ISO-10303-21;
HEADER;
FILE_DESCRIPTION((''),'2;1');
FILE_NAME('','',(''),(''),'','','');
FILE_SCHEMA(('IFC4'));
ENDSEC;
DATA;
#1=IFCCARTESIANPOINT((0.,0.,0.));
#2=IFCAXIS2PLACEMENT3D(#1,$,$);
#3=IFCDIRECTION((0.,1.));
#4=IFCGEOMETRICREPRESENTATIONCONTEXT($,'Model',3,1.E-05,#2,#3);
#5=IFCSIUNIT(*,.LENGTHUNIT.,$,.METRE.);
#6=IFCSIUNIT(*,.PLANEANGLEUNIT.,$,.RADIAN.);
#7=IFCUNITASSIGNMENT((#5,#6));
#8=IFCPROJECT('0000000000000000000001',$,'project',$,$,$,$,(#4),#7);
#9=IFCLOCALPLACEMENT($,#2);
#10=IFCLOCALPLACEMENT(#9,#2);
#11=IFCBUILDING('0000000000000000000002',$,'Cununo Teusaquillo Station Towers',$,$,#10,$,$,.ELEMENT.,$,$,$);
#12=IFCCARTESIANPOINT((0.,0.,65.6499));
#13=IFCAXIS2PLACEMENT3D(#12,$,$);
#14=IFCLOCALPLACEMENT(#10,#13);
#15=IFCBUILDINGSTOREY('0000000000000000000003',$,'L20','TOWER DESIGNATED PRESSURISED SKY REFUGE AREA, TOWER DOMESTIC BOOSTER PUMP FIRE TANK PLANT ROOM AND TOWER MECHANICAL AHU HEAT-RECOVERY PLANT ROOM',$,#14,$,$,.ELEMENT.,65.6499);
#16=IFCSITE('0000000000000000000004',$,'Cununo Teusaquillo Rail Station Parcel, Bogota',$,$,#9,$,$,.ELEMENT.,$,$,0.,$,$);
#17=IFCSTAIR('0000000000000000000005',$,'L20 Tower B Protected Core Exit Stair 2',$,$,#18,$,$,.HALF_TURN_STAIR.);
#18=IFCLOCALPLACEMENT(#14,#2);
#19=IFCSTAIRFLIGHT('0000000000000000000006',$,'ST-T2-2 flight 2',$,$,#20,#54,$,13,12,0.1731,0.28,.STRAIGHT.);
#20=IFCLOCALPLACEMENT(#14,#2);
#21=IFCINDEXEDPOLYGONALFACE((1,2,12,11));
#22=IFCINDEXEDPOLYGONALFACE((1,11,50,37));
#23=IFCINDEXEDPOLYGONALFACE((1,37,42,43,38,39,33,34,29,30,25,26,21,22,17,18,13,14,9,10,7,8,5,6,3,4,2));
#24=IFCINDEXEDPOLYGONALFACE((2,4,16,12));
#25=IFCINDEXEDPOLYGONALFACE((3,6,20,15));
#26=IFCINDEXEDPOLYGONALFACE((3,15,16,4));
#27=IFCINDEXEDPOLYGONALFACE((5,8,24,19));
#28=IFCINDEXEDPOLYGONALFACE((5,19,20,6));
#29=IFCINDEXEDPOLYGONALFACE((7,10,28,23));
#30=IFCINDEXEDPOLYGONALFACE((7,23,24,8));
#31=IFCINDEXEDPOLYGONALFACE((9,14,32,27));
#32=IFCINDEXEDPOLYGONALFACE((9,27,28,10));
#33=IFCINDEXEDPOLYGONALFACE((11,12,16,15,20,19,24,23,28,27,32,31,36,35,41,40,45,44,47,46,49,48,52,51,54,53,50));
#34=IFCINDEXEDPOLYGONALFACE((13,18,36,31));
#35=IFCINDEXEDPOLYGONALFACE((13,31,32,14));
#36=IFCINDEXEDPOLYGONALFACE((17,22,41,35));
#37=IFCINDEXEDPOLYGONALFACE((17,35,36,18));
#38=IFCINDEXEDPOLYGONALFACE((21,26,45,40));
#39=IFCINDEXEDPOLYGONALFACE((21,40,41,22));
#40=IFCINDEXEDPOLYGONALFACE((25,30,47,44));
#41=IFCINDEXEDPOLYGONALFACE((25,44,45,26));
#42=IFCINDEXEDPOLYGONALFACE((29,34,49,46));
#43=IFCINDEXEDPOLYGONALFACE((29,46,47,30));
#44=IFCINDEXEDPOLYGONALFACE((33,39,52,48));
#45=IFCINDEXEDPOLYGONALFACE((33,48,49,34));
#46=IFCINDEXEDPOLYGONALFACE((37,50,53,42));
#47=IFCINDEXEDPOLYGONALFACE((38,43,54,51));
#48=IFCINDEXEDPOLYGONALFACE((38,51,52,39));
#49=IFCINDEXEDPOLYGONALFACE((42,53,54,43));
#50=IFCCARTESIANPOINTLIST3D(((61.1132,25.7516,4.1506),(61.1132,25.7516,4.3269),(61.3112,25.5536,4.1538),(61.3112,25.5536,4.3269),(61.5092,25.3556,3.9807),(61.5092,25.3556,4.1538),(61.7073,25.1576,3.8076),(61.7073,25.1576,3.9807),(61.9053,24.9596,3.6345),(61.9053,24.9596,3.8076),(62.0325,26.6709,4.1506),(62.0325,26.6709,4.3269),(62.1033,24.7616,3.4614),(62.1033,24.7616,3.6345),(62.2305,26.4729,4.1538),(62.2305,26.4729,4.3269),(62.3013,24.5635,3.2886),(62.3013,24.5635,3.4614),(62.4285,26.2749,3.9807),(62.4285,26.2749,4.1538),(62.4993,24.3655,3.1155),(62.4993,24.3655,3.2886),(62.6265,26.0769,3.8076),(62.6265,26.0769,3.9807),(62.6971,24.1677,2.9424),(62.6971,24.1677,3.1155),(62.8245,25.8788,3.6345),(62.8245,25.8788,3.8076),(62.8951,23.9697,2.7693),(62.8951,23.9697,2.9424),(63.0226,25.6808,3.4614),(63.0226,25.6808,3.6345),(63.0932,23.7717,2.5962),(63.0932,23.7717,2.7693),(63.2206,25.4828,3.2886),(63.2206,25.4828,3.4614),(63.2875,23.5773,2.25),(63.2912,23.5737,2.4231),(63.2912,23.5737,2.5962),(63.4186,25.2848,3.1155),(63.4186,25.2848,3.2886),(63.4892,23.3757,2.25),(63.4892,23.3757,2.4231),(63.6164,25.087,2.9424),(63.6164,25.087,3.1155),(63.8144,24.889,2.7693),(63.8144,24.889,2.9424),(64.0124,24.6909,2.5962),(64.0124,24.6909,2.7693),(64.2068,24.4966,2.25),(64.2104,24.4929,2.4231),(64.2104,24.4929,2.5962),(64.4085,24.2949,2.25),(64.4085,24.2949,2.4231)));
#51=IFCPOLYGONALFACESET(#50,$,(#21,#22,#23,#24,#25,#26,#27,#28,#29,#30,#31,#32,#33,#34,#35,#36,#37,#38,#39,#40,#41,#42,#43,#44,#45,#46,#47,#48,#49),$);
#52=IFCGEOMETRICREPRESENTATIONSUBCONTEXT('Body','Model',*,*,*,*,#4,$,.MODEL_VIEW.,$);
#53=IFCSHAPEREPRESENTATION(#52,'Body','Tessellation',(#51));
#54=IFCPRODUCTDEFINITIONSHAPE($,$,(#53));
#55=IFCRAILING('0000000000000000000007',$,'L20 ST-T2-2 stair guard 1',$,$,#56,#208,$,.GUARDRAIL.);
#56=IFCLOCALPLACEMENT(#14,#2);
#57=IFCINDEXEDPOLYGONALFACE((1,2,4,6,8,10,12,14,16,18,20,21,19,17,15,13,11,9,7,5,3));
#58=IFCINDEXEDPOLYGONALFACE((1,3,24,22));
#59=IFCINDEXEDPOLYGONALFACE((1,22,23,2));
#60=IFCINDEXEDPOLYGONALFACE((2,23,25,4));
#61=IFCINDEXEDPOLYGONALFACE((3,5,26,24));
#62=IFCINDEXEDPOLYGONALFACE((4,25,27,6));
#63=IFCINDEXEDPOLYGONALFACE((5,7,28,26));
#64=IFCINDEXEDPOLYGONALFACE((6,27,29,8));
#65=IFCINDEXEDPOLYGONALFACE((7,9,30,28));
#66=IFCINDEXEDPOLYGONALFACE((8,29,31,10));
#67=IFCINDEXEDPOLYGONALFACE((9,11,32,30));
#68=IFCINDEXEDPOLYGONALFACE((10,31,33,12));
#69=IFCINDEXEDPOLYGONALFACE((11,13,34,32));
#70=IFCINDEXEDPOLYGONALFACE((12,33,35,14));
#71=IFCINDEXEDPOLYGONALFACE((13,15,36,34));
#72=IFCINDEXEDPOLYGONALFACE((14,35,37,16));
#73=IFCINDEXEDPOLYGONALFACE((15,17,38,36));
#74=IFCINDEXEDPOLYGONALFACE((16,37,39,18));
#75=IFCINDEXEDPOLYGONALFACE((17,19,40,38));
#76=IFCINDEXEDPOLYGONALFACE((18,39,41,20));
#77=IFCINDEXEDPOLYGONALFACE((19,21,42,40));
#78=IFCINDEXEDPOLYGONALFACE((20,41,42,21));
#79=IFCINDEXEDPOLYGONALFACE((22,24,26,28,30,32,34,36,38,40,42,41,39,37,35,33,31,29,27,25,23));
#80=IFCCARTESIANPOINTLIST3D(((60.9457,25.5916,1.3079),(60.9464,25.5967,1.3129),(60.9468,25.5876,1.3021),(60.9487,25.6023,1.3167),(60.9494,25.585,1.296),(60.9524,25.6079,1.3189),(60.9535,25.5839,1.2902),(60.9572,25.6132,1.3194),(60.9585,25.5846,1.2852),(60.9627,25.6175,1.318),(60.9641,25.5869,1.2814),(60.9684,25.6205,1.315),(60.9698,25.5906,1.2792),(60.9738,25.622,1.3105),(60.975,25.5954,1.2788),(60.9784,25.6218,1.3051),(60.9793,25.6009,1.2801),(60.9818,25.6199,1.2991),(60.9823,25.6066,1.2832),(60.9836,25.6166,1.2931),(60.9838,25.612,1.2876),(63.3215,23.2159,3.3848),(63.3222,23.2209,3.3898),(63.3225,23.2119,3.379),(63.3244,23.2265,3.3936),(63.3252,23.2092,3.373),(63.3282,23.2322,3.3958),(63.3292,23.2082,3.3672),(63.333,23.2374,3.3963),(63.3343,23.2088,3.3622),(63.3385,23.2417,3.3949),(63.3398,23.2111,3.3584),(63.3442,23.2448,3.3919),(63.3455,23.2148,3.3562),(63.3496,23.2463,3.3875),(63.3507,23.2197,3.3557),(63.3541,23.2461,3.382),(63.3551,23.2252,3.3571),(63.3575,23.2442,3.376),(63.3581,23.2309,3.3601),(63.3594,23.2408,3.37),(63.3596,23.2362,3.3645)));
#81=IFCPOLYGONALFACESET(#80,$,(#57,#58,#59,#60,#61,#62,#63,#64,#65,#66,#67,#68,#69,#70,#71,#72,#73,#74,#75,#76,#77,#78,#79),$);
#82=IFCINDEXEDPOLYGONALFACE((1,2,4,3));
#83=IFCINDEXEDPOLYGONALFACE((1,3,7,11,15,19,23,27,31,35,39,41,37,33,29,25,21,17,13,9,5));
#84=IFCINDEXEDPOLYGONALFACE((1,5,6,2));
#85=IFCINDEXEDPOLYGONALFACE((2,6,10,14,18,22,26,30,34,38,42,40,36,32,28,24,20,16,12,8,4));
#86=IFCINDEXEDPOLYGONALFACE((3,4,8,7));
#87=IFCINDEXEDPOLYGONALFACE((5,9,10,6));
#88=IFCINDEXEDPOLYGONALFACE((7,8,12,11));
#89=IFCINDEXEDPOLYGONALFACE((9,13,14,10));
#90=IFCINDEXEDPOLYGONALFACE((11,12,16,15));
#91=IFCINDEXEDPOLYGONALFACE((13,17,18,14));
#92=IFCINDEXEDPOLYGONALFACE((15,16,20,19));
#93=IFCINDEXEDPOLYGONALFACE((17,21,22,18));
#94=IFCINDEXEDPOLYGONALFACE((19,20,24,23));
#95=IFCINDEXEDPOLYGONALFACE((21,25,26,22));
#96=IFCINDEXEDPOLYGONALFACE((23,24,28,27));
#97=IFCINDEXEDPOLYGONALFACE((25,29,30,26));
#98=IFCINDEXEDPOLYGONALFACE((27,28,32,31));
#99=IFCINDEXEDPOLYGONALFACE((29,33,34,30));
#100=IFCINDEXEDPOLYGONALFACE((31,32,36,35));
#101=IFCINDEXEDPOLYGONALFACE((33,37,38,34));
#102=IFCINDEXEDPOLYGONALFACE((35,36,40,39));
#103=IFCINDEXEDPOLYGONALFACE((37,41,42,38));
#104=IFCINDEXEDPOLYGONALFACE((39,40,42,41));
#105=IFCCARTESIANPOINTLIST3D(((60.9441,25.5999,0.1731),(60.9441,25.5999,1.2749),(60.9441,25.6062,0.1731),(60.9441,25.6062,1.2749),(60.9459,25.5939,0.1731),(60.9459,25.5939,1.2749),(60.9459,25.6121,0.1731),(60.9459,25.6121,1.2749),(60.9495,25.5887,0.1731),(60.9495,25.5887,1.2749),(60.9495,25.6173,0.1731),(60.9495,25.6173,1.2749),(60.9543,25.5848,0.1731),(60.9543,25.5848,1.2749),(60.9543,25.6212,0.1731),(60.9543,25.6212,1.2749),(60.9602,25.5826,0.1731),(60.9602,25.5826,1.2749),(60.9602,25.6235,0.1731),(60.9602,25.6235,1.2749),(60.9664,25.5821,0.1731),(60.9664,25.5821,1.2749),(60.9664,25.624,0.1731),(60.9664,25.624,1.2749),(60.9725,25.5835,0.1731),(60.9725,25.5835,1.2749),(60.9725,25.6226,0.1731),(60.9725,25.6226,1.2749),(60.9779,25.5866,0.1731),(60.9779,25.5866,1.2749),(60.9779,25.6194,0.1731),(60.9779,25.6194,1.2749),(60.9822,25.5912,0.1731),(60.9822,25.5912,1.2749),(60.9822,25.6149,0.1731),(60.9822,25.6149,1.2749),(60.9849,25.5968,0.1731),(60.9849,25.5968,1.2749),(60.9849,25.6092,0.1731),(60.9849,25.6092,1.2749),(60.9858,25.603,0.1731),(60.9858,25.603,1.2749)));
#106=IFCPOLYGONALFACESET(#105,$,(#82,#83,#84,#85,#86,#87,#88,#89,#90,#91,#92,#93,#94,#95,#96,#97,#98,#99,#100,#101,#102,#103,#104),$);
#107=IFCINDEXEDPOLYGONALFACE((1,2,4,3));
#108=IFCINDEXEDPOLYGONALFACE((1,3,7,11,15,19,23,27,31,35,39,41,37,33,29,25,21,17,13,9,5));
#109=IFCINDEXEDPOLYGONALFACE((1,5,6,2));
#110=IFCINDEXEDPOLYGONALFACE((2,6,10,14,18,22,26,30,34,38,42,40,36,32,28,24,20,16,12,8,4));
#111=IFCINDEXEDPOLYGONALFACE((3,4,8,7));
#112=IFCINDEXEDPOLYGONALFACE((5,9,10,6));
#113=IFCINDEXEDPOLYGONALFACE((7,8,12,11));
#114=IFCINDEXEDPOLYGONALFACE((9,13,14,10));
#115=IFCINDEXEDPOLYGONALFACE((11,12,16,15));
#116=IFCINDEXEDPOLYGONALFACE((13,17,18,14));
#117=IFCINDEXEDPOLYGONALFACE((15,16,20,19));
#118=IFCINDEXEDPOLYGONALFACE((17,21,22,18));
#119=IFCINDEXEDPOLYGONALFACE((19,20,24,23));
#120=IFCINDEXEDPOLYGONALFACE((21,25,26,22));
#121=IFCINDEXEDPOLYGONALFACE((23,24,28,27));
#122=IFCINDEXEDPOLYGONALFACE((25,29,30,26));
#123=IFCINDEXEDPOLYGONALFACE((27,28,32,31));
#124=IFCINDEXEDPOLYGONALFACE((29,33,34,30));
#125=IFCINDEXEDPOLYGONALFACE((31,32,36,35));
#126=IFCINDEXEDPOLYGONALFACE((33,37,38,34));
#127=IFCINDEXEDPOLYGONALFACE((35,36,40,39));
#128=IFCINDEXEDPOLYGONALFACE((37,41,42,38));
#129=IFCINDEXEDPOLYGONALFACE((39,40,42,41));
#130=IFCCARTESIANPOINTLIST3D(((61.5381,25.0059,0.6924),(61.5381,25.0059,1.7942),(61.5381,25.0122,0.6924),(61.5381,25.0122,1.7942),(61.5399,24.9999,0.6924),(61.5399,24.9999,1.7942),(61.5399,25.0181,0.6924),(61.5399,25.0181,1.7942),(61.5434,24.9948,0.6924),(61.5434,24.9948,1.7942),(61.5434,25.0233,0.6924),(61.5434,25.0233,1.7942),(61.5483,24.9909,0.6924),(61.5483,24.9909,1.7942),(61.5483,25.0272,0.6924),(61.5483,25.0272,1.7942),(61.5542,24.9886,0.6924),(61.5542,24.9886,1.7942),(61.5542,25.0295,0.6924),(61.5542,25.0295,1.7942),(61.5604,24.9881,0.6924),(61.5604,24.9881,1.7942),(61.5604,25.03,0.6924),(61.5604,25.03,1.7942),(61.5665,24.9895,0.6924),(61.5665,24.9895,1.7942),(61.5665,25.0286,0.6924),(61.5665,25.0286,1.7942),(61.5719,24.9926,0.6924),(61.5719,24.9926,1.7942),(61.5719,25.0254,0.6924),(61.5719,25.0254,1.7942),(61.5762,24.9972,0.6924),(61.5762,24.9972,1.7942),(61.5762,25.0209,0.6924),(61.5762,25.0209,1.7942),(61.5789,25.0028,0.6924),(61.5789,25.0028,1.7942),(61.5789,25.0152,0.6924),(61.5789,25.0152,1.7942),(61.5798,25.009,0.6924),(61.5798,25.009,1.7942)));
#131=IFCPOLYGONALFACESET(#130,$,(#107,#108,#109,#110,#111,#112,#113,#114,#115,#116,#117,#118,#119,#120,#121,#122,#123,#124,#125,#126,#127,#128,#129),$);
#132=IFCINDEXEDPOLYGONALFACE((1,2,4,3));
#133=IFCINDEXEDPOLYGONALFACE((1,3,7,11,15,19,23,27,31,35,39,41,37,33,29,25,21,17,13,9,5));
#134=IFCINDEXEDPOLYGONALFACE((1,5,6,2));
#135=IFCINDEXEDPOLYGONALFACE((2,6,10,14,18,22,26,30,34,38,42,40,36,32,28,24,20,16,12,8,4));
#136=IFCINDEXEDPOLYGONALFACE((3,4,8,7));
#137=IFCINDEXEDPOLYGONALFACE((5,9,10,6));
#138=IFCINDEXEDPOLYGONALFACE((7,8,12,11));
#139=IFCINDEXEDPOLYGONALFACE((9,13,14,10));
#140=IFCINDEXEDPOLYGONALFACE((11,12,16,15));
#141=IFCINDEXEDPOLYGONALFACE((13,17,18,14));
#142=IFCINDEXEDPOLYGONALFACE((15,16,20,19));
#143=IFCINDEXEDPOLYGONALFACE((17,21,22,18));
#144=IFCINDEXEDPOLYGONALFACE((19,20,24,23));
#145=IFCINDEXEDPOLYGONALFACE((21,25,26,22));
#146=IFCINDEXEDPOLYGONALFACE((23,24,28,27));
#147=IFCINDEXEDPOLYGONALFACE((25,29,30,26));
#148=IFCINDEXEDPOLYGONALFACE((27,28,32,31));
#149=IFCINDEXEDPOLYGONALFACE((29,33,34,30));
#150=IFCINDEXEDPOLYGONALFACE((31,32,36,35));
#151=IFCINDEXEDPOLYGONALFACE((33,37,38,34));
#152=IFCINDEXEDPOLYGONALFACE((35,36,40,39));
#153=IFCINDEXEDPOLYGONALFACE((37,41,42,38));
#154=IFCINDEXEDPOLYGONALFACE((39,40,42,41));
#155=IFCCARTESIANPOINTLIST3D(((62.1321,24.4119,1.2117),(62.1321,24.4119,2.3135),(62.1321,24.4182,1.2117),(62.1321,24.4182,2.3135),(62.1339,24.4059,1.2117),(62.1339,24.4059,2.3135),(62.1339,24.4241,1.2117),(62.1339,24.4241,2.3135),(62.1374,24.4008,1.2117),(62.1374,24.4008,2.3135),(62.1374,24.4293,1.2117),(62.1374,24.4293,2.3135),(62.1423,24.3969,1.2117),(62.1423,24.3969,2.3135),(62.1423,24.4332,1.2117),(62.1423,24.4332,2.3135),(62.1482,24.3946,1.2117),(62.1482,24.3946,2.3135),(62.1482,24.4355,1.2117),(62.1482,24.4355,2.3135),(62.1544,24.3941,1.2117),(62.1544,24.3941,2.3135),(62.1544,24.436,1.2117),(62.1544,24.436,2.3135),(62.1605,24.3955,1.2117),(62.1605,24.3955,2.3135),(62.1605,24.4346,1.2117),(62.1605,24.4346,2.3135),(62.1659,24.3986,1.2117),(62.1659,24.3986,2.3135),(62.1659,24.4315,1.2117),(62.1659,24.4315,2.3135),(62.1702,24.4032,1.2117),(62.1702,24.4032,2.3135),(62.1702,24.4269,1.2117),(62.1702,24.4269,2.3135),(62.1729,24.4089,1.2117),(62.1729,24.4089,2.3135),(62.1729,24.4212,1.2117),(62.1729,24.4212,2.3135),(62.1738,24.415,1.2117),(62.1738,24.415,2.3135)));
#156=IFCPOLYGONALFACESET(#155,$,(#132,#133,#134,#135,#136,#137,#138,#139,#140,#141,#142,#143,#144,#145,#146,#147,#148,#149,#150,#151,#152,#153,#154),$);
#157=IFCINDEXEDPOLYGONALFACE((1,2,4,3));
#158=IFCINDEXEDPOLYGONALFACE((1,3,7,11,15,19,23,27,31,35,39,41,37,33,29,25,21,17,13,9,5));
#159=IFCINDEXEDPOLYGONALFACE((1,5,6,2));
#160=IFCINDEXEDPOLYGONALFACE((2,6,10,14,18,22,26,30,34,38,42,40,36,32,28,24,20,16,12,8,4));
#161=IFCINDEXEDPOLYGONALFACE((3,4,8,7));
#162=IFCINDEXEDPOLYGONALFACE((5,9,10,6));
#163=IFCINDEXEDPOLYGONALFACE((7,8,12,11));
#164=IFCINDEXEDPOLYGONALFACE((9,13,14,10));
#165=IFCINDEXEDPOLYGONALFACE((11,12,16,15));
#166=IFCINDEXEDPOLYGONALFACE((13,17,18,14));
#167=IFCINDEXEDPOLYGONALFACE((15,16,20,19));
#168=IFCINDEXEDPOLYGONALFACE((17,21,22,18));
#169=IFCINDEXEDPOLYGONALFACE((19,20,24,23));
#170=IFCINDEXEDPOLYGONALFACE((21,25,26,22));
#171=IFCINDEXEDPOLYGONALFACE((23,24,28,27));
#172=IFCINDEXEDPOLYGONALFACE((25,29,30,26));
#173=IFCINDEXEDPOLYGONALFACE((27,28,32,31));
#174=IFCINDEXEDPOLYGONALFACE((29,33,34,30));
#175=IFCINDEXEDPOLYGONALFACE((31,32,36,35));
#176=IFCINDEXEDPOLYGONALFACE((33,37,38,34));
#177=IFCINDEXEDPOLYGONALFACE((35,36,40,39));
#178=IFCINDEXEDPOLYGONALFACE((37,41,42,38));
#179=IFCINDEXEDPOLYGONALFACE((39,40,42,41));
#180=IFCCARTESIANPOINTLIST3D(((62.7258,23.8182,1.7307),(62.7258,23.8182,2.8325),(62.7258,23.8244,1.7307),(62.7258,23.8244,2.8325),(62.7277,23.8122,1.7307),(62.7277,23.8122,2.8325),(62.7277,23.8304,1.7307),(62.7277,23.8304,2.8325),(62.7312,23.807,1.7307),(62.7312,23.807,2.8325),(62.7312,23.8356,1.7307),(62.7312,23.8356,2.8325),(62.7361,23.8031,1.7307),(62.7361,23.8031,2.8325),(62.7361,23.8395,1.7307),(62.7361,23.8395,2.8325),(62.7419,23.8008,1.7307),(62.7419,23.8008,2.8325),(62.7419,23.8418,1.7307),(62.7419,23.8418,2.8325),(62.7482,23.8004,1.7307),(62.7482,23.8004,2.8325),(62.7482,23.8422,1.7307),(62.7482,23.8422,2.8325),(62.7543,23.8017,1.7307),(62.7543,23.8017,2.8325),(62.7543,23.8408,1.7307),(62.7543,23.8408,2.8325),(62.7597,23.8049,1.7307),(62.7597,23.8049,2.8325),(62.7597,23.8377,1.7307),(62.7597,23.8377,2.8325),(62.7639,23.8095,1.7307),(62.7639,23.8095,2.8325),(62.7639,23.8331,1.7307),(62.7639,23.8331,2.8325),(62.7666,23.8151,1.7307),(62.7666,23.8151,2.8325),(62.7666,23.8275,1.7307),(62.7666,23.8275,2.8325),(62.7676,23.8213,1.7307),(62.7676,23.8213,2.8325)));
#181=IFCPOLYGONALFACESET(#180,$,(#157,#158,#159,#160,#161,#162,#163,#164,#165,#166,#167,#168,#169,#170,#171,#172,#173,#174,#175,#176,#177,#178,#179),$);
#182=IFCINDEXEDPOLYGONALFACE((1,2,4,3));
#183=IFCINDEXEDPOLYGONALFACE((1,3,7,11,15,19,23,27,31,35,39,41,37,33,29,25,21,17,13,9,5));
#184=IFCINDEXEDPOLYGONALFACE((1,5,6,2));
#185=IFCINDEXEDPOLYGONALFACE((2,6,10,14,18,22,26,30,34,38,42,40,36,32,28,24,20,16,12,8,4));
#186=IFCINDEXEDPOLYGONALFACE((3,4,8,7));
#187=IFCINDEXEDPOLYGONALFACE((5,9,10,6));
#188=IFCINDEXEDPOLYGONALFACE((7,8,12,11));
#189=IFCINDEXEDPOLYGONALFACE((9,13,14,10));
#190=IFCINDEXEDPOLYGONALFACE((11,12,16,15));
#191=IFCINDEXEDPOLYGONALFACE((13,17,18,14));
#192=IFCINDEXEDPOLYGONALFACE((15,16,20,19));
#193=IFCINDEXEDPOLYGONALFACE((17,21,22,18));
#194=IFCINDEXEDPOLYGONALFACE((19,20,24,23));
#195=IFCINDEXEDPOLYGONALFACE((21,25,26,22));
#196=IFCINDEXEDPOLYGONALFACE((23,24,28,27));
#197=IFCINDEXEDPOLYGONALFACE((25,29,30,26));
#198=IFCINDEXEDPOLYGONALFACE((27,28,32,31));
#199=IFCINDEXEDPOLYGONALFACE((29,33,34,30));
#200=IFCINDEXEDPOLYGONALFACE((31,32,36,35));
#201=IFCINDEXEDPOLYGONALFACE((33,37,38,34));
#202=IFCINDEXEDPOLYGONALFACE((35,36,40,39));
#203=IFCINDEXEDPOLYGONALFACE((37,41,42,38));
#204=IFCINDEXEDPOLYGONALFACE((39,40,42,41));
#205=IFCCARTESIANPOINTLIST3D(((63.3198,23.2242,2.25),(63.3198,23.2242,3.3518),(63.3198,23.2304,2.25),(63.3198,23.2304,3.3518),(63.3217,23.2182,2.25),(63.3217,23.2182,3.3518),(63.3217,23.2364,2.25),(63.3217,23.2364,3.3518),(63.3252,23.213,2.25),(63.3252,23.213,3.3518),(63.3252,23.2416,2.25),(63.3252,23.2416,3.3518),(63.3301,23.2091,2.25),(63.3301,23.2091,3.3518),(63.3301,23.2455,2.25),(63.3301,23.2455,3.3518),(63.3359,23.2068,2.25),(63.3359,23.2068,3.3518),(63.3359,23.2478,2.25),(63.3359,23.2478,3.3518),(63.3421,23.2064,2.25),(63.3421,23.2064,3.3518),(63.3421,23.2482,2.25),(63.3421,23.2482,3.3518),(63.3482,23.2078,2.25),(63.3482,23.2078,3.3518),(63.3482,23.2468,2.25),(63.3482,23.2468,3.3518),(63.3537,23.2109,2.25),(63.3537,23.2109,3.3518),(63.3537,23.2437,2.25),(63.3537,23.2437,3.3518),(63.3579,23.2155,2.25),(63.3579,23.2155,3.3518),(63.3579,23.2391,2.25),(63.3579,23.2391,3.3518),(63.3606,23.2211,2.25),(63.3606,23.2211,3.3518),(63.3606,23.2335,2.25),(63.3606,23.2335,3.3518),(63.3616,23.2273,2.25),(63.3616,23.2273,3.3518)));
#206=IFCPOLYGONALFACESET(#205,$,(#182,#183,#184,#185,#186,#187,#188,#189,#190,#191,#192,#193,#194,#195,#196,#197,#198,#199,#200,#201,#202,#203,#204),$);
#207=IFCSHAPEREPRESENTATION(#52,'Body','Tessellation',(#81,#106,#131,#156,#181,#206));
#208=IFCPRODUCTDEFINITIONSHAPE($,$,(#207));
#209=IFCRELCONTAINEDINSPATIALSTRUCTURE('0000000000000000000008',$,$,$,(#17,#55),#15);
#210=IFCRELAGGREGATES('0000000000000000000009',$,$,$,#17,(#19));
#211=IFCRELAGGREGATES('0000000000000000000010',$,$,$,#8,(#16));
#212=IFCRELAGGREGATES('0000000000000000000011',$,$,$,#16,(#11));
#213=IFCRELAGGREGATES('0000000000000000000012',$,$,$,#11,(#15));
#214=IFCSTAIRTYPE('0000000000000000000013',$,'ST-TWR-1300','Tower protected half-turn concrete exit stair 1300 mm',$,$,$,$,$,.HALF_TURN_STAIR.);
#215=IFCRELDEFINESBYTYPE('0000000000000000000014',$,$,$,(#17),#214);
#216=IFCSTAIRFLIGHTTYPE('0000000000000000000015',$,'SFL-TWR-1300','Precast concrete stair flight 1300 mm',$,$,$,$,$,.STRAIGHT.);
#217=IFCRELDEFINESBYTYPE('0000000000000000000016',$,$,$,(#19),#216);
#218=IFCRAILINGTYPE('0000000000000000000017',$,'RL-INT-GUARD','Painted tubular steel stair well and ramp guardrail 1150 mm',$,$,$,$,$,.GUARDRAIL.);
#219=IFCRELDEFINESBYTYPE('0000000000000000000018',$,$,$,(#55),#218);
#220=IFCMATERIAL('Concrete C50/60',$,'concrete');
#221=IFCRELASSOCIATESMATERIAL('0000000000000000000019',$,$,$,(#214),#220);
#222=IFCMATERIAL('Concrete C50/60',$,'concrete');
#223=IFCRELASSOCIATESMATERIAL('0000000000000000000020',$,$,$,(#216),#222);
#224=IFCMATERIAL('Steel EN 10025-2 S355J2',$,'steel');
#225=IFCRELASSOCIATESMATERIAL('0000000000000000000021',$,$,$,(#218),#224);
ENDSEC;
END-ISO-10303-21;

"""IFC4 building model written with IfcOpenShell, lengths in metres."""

from ifc_helpers import new_model, si_unit, direction, frame, origin, origin_2d, place, context, subcontext, project, spatial, polyline, circle, outline, extrude, material, type_object, element, aggregate, save


model = new_model("IFC4")

# Units and contexts
model_context = context("Model", 3, precision=1e-05, world=origin(), true_north=direction((0.0, 1.0)))
body_context = subcontext(model_context, "Body", "Model", "MODEL_VIEW")
ifc_project = project(units=[si_unit("LENGTHUNIT", "METRE"), si_unit("PLANEANGLEUNIT", "RADIAN")], contexts=[model_context])

# Site, building, storey
site_placement = place(None, origin())
site = spatial("IfcSite", under=ifc_project, at=site_placement, Name="Cununo Teusaquillo Rail Station Parcel, Bogota", CompositionType="ELEMENT", RefElevation=0.0)
building_placement = place(site_placement, origin())
building = spatial("IfcBuilding", under=site, at=building_placement, Name="Cununo Teusaquillo Station Towers", CompositionType="ELEMENT")
storey_placement = place(building_placement, frame((0.0, 0.0, 65.6499)))
storey = spatial("IfcBuildingStorey", under=building, at=storey_placement, Name="L20", Description="TOWER DESIGNATED PRESSURISED SKY REFUGE AREA, TOWER DOMESTIC BOOSTER PUMP FIRE TANK PLANT ROOM AND TOWER MECHANICAL AHU HEAT-RECOVERY PLANT ROOM", CompositionType="ELEMENT", Elevation=65.6499)

# Stair, stair flight
ifc_material_1 = material(Name="Concrete C50/60", Category="concrete")
stair_type = type_object("IfcStairType", Name="ST-TWR-1300", Description="Tower protected half-turn concrete exit stair 1300 mm", PredefinedType="HALF_TURN_STAIR", material=ifc_material_1)
stair_placement = place(storey_placement, origin())
stair = element("IfcStair", 1, at=stair_placement, inside=storey, type_object=stair_type, Name="L20 Tower B Protected Core Exit Stair 2", PredefinedType="HALF_TURN_STAIR")
ifc_material_2 = material(Name="Concrete C50/60", Category="concrete")
stair_flight_type = type_object("IfcStairFlightType", Name="SFL-TWR-1300", Description="Precast concrete stair flight 1300 mm", PredefinedType="STRAIGHT", material=ifc_material_2)
stair_flight_1_placement = place(storey_placement, frame((63.9487, 23.8352, 2.25), z_axis=(0.0, 0.0, 1.0), x_axis=(-0.707107, 0.707107, 0.0)))
stair_flight_1 = element("IfcStairFlight", 2, at=stair_flight_1_placement, type_object=stair_flight_type, Name="ST-T2-2 flight 2", NumberOfRisers=13, NumberOfTreads=12, PredefinedType="STRAIGHT", RiserHeight=0.1731, TreadLength=0.28, context=body_context, shape_type="SweptSolid", body=[
    extrude(outline(polyline([(0.0, 0.0), (0.0, 0.1731), (0.28, 0.1731), (0.28, 0.3462), (0.5601, 0.3462), (0.5601, 0.5193), (0.8401, 0.5193), (0.8401, 0.6924), (1.1201, 0.6924), (1.1201, 0.8655), (1.3999, 0.8655), (1.3999, 1.0386), (1.6799, 1.0386), (1.6799, 1.2114), (1.96, 1.2114), (1.96, 1.3845), (2.24, 1.3845), (2.24, 1.5576), (2.52, 1.5576), (2.52, 1.7307), (2.8, 1.7307), (2.8, 1.9038), (3.0801, 1.9038), (3.0801, 2.0769), (3.3601, 2.0769), (3.3601, 2.25), (3.3601, 1.9006), (0.2852, 0.0), (0.0, 0.0)])), frame((0.0, 0.6499, 0.0), z_axis=(0.0, -1.0, 0.0), x_axis=(1.0, 0.0, 0.0)), (0.0, 0.0, 1.0), 1.3),
])
aggregate(stair, [stair_flight_1])

# Railing
ifc_material_3 = material(Name="Steel EN 10025-2 S355J2", Category="steel")
railing_type_1 = type_object("IfcRailingType", Name="RL-INT-GUARD", Description="Painted tubular steel stair well and ramp guardrail 1150 mm", PredefinedType="GUARDRAIL", material=ifc_material_3)
railing_1_placement = place(storey_placement, frame((60.9648, 25.603, 0.1731)))
element("IfcRailing", 3, at=railing_1_placement, inside=storey, type_object=railing_type_1, Name="L20 ST-T2-2 stair guard 1", PredefinedType="GUARDRAIL", context=body_context, shape_type="SweptSolid", body=[
    extrude(circle(Radius=0.0239, at=origin_2d()), frame((0.0, 0.0, 1.126), z_axis=(0.601466, -0.601466, 0.525811), x_axis=(0.707107, 0.707107, 0.0)), (0.0, 0.0, 1.0), 3.95),
    extrude(circle(Radius=0.021, at=origin_2d()), origin(), (0.0, 0.0, 1.0), 1.1018),
    extrude(circle(Radius=0.021, at=origin_2d()), frame((0.594, -0.594, 0.5193)), (0.0, 0.0, 1.0), 1.1018),
    extrude(circle(Radius=0.021, at=origin_2d()), frame((1.188, -1.188, 1.0386)), (0.0, 0.0, 1.0), 1.1018),
    extrude(circle(Radius=0.021, at=origin_2d()), frame((1.7817, -1.7817, 1.5576)), (0.0, 0.0, 1.0), 1.1018),
    extrude(circle(Radius=0.021, at=origin_2d()), frame((2.3757, -2.3757, 2.0769)), (0.0, 0.0, 1.0), 1.1018),
])

save(model, "model.ifc")
